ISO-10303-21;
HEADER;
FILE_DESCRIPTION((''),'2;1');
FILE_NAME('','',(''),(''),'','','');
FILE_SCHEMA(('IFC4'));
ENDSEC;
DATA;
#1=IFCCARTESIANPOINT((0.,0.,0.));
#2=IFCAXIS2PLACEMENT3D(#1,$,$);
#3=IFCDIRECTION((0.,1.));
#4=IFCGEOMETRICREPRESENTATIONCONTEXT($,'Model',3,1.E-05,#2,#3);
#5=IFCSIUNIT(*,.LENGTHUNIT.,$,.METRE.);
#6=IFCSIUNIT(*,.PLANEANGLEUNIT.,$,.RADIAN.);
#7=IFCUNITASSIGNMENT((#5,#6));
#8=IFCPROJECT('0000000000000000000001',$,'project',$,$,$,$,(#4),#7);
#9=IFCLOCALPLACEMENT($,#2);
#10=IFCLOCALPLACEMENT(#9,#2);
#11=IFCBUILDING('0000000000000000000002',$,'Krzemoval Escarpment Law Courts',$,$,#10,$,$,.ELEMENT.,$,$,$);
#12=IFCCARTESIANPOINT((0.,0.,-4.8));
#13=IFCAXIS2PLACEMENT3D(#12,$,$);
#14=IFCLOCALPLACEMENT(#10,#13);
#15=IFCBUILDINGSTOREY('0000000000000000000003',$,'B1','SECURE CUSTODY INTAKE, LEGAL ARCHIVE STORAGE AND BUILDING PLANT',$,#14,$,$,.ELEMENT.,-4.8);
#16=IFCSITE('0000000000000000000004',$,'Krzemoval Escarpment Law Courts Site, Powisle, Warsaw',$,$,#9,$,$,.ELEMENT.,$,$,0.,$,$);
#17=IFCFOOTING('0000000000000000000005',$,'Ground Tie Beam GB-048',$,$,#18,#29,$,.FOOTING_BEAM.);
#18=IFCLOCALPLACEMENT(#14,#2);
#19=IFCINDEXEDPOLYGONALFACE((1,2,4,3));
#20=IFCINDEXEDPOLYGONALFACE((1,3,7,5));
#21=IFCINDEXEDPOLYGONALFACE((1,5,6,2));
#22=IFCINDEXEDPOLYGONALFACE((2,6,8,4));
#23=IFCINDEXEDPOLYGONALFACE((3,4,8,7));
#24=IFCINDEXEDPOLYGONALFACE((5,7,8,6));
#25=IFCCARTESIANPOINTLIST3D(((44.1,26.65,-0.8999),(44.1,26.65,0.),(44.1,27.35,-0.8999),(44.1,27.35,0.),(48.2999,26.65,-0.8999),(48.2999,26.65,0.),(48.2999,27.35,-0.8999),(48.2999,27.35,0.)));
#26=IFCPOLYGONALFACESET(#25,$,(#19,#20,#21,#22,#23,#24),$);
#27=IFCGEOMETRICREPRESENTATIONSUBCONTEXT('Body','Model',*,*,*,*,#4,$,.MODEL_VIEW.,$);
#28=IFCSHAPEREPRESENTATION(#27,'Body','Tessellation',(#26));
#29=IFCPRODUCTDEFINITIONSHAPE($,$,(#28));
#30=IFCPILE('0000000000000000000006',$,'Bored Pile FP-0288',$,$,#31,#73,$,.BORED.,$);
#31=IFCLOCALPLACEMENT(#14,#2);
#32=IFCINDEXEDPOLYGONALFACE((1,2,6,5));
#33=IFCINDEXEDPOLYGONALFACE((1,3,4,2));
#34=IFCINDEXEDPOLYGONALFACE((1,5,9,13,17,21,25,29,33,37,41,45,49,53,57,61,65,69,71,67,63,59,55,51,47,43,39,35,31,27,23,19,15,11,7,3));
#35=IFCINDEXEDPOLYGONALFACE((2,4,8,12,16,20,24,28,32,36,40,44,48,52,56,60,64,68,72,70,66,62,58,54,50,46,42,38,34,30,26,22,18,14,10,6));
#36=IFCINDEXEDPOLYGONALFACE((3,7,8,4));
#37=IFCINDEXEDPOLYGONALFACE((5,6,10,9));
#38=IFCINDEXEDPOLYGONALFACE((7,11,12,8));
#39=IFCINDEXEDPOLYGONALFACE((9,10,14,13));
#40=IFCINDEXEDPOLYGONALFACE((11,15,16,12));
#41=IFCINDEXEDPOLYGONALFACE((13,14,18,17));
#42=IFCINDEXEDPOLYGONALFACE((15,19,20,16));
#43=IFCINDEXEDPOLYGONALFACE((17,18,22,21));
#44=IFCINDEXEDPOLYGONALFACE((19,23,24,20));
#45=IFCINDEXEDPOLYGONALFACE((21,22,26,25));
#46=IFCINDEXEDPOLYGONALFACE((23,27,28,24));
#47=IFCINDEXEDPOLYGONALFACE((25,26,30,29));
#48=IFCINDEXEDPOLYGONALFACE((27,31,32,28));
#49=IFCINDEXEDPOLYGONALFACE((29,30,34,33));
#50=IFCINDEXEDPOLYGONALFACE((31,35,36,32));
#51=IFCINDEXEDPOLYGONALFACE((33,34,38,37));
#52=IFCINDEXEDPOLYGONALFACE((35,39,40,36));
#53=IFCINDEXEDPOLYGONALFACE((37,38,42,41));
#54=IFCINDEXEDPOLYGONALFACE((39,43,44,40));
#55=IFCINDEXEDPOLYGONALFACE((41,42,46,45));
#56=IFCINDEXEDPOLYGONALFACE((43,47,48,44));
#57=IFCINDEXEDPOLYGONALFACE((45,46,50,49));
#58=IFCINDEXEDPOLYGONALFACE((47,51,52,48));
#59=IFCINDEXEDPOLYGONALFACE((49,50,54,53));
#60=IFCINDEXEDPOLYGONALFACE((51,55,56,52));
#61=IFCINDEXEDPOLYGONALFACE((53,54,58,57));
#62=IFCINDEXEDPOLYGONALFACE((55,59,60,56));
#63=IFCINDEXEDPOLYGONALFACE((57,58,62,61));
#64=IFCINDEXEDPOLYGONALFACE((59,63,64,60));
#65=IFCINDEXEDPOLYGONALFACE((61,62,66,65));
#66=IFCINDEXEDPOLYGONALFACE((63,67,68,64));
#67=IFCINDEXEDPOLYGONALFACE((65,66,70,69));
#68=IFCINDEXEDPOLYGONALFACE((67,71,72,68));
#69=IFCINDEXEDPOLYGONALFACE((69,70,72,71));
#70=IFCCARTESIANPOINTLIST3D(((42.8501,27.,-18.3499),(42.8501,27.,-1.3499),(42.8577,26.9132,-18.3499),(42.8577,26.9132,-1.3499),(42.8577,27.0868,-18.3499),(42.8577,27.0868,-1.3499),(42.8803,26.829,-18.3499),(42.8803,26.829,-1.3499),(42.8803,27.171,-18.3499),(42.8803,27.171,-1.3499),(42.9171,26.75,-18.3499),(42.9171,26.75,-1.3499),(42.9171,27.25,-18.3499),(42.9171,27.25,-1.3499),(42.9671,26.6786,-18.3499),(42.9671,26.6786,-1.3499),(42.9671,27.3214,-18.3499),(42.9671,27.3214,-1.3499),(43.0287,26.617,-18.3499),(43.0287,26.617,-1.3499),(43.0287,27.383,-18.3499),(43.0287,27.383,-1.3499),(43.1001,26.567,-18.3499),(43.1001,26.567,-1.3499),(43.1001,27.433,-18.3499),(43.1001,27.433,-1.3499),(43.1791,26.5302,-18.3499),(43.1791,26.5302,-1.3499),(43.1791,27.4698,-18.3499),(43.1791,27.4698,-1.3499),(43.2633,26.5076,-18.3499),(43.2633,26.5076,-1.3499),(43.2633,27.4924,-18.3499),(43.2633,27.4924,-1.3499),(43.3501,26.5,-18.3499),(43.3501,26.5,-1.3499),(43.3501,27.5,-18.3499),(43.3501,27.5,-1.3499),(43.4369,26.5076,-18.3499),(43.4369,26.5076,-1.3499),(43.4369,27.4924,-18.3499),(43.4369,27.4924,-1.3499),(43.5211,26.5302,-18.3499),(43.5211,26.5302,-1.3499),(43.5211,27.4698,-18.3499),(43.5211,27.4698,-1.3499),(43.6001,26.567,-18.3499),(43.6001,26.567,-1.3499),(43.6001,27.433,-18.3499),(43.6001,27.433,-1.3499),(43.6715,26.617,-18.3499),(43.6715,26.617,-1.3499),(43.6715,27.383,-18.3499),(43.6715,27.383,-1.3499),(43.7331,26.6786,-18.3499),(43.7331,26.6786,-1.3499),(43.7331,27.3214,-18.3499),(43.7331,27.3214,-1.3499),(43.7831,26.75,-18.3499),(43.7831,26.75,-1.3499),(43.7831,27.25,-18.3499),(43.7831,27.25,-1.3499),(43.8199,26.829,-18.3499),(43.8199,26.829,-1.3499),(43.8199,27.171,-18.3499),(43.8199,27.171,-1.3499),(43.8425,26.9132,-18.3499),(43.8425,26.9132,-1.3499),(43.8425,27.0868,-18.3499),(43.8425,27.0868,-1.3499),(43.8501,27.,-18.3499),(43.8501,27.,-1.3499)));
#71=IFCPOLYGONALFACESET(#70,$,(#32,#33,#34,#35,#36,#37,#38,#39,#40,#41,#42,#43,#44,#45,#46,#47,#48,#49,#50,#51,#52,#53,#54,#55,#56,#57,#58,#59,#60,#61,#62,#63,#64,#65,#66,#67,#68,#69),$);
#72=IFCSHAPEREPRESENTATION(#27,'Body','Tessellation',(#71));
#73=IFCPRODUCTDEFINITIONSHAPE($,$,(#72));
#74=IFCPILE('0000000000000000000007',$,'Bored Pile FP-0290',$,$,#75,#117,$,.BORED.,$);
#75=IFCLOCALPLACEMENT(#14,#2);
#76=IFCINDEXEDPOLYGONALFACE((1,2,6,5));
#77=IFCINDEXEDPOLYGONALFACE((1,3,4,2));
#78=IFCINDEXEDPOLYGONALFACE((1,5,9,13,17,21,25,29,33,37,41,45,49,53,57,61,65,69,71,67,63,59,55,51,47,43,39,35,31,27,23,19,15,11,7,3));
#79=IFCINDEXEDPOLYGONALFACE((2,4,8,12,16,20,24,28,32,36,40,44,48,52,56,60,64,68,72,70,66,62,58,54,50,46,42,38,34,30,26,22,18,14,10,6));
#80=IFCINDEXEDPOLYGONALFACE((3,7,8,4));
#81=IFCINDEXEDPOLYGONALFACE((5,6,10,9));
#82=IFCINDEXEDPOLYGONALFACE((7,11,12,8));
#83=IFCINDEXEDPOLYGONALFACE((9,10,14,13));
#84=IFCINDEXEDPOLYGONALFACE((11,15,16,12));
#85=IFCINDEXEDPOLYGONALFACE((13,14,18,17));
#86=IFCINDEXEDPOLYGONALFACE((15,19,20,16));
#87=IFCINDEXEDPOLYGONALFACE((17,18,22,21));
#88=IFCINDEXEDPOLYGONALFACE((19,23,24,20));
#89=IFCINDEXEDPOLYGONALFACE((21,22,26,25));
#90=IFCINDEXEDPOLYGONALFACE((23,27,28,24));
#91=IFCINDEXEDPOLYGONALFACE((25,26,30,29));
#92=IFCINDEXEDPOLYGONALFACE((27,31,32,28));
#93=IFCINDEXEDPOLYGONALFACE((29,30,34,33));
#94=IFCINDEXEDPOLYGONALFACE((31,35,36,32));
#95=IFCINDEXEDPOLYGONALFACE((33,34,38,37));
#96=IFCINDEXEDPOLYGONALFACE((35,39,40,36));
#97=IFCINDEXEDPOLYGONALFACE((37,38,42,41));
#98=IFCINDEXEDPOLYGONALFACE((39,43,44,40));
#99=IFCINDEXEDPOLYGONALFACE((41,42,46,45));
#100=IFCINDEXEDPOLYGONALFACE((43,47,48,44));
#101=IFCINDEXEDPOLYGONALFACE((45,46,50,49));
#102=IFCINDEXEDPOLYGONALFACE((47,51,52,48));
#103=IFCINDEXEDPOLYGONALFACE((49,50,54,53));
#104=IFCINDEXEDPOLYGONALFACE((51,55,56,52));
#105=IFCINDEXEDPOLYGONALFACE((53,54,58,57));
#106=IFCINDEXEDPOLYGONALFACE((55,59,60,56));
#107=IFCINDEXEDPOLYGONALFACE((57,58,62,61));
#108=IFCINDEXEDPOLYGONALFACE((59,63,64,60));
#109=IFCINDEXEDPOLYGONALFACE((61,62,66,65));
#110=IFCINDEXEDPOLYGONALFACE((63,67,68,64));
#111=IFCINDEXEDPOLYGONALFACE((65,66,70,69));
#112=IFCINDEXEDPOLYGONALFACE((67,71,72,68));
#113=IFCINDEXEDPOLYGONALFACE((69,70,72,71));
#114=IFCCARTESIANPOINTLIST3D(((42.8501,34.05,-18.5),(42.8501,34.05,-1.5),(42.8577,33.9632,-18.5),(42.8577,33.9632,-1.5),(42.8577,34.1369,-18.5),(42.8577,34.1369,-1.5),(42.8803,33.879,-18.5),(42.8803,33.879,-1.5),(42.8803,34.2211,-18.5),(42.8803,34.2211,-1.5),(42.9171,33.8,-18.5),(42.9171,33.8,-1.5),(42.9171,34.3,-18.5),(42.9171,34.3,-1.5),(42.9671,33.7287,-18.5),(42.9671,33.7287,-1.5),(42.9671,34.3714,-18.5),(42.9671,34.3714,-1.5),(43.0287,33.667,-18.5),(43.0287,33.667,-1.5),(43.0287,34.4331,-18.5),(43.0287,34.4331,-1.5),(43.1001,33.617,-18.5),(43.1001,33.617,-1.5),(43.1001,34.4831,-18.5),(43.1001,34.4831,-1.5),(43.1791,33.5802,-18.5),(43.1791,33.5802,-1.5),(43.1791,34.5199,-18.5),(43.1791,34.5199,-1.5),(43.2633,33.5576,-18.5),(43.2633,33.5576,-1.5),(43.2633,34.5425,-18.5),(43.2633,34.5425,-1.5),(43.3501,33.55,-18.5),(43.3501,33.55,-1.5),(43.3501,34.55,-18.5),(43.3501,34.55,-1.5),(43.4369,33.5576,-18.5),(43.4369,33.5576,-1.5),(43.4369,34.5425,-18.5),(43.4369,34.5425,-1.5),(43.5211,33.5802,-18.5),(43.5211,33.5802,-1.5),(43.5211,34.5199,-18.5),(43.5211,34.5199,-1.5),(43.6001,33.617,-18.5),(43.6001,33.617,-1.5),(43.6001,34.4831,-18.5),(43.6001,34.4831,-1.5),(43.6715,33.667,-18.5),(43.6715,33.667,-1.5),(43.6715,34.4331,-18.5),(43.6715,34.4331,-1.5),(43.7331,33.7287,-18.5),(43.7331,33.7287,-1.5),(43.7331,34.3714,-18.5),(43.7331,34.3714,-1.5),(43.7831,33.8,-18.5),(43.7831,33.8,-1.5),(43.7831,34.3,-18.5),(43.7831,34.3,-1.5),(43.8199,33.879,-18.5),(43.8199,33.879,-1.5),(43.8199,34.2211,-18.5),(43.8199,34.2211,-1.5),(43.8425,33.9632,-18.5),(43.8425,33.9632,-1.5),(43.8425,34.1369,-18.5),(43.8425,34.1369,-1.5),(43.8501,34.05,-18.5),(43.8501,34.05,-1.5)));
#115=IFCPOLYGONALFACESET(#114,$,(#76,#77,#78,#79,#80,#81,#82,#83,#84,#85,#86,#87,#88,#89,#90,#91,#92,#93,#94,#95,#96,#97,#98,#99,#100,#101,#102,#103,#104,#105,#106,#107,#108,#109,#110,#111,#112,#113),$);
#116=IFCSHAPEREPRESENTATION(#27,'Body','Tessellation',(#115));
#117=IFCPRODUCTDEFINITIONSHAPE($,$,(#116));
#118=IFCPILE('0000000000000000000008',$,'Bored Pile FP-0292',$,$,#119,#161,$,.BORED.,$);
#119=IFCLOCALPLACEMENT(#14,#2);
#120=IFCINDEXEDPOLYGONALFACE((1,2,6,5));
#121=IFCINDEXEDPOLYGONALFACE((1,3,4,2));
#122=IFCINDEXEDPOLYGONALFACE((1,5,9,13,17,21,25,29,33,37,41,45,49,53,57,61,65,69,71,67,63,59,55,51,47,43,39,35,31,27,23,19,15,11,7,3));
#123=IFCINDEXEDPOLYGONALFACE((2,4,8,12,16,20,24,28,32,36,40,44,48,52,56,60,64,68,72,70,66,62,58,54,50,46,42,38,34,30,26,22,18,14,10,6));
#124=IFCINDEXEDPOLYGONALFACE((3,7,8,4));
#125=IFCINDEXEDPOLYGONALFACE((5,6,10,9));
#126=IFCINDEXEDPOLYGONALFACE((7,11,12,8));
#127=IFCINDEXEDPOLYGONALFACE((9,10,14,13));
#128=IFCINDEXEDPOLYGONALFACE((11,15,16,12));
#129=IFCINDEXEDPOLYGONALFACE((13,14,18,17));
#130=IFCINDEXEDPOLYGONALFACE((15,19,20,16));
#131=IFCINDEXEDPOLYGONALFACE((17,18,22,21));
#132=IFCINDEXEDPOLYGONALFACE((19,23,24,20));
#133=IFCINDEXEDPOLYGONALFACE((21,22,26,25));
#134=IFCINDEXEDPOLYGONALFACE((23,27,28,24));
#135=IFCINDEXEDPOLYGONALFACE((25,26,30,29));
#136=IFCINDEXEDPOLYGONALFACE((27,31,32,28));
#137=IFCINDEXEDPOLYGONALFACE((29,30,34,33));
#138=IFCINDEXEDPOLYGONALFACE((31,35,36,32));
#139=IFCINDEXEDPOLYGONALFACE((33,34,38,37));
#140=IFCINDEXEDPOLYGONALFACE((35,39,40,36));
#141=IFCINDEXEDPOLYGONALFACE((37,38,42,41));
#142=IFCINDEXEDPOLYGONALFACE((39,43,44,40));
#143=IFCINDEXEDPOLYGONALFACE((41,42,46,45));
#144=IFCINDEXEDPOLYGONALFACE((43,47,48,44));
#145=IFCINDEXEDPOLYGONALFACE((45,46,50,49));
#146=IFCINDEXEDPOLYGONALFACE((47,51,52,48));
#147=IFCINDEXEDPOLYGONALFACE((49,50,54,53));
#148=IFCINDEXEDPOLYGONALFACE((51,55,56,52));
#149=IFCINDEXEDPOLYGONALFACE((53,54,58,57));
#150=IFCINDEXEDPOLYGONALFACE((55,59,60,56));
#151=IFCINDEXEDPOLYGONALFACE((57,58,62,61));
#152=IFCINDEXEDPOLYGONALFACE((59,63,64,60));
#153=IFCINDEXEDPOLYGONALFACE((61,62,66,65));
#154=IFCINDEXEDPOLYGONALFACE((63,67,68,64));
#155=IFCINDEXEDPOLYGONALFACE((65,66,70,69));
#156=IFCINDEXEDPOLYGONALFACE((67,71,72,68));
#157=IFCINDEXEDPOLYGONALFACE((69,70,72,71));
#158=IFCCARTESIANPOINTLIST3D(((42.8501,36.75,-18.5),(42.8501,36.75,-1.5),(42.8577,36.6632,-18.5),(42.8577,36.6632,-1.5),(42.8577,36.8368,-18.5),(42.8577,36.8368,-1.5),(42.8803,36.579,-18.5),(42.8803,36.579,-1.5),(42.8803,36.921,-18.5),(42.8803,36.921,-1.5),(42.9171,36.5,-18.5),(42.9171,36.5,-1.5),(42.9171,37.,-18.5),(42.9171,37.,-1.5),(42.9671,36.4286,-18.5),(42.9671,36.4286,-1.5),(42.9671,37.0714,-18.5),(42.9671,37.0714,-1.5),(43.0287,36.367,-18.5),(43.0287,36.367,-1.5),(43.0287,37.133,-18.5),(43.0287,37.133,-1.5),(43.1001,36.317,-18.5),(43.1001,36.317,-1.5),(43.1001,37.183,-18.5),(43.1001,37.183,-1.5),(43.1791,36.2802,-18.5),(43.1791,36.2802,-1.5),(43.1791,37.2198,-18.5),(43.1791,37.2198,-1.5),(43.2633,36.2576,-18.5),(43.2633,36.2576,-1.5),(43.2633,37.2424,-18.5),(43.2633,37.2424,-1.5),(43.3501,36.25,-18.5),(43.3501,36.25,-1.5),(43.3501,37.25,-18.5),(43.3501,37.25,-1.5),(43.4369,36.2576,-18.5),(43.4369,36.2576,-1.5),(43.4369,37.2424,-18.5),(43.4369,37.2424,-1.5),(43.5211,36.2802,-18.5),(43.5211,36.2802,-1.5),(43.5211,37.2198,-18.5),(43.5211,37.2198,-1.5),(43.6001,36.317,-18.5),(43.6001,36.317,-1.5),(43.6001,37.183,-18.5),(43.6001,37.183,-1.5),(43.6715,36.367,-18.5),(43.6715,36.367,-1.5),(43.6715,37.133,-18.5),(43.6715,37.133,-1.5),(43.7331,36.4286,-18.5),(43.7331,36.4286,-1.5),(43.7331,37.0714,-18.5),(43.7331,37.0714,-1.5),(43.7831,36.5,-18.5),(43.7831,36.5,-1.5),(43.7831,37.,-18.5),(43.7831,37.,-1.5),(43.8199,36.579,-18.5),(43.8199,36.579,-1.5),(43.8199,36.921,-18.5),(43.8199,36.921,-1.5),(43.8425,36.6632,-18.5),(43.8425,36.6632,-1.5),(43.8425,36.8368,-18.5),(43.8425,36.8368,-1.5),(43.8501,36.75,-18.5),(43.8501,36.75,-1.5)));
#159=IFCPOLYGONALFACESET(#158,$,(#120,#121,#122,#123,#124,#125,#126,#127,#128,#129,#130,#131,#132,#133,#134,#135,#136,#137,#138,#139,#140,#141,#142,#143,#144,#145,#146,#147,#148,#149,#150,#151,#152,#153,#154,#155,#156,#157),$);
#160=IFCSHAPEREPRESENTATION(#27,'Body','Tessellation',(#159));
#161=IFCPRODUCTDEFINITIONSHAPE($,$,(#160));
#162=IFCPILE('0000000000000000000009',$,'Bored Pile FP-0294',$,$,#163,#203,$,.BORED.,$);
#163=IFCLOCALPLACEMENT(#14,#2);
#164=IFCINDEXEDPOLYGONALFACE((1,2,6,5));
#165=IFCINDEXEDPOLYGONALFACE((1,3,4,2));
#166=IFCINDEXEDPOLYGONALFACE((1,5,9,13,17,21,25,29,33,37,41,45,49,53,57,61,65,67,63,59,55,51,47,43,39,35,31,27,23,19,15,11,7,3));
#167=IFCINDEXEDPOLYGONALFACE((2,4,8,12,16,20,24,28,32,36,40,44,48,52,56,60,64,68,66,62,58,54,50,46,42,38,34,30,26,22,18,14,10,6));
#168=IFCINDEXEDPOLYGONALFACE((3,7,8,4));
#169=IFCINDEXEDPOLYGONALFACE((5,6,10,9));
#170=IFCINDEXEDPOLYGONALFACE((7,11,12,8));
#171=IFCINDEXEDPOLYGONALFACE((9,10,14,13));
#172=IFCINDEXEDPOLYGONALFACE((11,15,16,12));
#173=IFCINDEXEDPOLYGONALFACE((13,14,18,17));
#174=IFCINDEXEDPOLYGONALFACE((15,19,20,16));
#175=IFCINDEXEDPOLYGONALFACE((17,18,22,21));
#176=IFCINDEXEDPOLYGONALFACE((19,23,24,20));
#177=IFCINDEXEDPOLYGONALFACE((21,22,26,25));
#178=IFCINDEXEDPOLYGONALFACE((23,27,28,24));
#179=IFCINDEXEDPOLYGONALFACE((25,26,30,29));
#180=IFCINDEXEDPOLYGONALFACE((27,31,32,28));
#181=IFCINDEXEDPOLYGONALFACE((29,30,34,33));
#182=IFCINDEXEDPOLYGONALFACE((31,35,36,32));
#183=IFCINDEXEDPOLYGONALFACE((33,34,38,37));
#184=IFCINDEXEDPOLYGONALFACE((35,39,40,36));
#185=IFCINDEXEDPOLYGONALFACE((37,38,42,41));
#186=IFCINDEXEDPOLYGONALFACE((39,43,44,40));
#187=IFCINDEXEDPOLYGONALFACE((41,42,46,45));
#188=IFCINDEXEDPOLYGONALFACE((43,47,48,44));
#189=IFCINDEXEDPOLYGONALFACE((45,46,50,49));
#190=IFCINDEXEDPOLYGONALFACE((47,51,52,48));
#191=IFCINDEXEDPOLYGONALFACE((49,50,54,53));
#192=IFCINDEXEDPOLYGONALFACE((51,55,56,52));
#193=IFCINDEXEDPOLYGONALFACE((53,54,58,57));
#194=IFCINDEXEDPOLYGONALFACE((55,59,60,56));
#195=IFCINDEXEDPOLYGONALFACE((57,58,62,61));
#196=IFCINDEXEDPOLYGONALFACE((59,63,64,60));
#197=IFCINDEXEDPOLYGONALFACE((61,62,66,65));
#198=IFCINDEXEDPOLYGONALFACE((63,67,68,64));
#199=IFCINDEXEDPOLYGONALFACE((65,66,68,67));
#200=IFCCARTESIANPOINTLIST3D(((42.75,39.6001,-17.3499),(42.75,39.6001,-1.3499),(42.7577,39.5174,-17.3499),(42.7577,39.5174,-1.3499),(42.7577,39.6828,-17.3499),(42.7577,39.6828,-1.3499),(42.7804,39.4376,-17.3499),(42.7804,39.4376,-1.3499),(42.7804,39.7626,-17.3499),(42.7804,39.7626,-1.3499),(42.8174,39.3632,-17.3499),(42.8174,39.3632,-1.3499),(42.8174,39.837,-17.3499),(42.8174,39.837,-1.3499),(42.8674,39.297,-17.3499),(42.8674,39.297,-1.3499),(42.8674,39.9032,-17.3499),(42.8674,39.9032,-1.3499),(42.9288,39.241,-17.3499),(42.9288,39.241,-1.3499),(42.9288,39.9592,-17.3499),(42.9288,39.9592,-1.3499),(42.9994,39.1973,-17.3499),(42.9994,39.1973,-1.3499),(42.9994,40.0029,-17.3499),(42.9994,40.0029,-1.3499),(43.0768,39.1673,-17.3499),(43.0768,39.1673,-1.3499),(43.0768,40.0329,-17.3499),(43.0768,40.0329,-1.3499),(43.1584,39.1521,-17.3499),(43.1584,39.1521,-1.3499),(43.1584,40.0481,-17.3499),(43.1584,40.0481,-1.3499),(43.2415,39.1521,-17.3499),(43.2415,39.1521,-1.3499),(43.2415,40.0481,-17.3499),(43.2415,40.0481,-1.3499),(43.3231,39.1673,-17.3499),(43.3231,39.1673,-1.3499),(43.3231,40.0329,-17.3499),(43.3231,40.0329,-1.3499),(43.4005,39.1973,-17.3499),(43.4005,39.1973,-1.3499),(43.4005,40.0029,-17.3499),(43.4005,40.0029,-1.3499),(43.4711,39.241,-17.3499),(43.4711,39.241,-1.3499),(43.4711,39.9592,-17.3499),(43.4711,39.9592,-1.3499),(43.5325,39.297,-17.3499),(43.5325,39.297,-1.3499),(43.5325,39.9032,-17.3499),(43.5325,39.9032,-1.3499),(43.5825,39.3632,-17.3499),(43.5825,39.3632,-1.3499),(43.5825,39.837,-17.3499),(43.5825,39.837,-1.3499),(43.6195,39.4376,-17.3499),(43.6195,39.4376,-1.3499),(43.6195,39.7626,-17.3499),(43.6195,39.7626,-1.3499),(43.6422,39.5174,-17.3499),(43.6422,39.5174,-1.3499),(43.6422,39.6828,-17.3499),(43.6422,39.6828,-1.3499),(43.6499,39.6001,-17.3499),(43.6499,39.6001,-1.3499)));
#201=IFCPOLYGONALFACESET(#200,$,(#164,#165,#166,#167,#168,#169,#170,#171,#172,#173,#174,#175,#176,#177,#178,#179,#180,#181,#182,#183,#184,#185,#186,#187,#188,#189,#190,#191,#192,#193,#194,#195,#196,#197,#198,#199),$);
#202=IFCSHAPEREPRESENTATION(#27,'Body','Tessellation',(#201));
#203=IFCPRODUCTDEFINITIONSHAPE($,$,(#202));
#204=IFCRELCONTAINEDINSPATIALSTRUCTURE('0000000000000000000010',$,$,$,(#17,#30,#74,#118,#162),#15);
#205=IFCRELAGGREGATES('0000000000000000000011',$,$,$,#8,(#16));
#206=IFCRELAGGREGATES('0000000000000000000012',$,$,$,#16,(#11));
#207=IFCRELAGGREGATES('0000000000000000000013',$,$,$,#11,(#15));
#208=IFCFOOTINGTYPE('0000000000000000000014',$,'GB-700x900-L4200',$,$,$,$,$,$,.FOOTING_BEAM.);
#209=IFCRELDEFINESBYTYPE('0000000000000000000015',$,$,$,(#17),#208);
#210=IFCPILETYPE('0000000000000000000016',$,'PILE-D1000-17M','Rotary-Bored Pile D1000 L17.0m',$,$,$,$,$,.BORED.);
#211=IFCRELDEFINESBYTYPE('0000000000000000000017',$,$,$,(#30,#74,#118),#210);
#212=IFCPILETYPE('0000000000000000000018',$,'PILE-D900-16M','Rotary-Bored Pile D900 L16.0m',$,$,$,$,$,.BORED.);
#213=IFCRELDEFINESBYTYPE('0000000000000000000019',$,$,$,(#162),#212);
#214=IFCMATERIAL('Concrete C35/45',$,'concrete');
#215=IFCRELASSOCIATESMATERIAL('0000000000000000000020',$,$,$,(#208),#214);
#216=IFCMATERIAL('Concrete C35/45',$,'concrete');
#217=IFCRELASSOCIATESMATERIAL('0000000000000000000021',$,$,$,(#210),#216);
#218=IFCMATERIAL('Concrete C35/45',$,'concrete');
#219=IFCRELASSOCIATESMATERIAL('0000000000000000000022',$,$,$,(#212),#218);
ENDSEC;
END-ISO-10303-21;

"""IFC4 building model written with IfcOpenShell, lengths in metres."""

from ifc_helpers import new_model, si_unit, direction, frame, origin, origin_2d, place, context, subcontext, project, spatial, rectangle, circle, extrude, material, material_profile, profile_set, type_object, element, save


model = new_model("IFC4")

# Units and contexts
model_context = context("Model", 3, precision=1e-05, world=origin(), true_north=direction((0.0, 1.0)))
body_context = subcontext(model_context, "Body", "Model", "MODEL_VIEW")
ifc_project = project(units=[si_unit("LENGTHUNIT", "METRE"), si_unit("PLANEANGLEUNIT", "RADIAN")], contexts=[model_context])

# Site, building, storey
site_placement = place(None, origin())
site = spatial("IfcSite", under=ifc_project, at=site_placement, Name="Krzemoval Escarpment Law Courts Site, Powisle, Warsaw", CompositionType="ELEMENT", RefElevation=0.0)
building_placement = place(site_placement, origin())
building = spatial("IfcBuilding", under=site, at=building_placement, Name="Krzemoval Escarpment Law Courts", CompositionType="ELEMENT")
storey_placement = place(building_placement, frame((0.0, 0.0, -4.8)))
storey = spatial("IfcBuildingStorey", under=building, at=storey_placement, Name="B1", Description="SECURE CUSTODY INTAKE, LEGAL ARCHIVE STORAGE AND BUILDING PLANT", CompositionType="ELEMENT", Elevation=-4.8)

# Footing
ifc_material_1 = material(Name="Concrete C35/45", Category="concrete")
footing_type = type_object("IfcFootingType", Name="GB-700x900-L4200", PredefinedType="FOOTING_BEAM", material=ifc_material_1)
footing_placement = place(storey_placement, frame((46.2, 27.0, -0.8999), z_axis=(0.0, 0.0, 1.0), x_axis=(1.0, 0.0, 0.0)))
element("IfcFooting", 1, at=footing_placement, inside=storey, type_object=footing_type, Name="Ground Tie Beam GB-048", PredefinedType="FOOTING_BEAM", context=body_context, shape_type="SweptSolid", body=[
    extrude(rectangle(XDim=4.2, YDim=0.7, at=origin_2d()), origin(), (0.0, 0.0, 1.0), 0.8999),
])

# Piles
ifc_material_2 = material(Name="Concrete C35/45", Category="concrete")
ifc_material_profile_1 = material_profile(ifc_material_2, circle(Radius=0.5, at=origin_2d()), Name="PILE D1000")
ifc_profile_set_1 = profile_set([ifc_material_profile_1], Name="Concrete C35/45")
pile_type_1 = type_object("IfcPileType", Name="PILE-D1000-17M", Description="Rotary-Bored Pile D1000 L17.0m", PredefinedType="BORED", material=ifc_profile_set_1)
for number, where, z_axis, x_axis, name in (
    (2, (43.3501, 27.0, -1.3499), (0.0, 0.0, -1.0), (1.0, 0.0, 0.0), "Bored Pile FP-0288"),
    (3, (43.3501, 34.05, -1.5), (0.0, 0.0, -1.0), (1.0, 0.0, 0.0), "Bored Pile FP-0290"),
    (4, (43.3501, 36.75, -1.5), (0.0, 0.0, -1.0), (1.0, 0.0, 0.0), "Bored Pile FP-0292"),
):
    element("IfcPile", number, at=place(storey_placement, frame(where, z_axis=z_axis, x_axis=x_axis)), inside=storey, type_object=pile_type_1, Name=name, PredefinedType="BORED", context=body_context, shape_type="SweptSolid", body=[
        extrude(circle(Radius=0.5, at=origin_2d()), origin(), (0.0, 0.0, 1.0), 17.0),
    ])
ifc_material_3 = material(Name="Concrete C35/45", Category="concrete")
ifc_material_profile_2 = material_profile(ifc_material_3, circle(Radius=0.45, at=origin_2d()), Name="PILE D900")
ifc_profile_set_2 = profile_set([ifc_material_profile_2], Name="Concrete C35/45")
pile_type_2 = type_object("IfcPileType", Name="PILE-D900-16M", Description="Rotary-Bored Pile D900 L16.0m", PredefinedType="BORED", material=ifc_profile_set_2)
for number, where, z_axis, x_axis, name in (
    (5, (43.2, 39.6001, -1.3499), (0.0, 0.0, -1.0), (1.0, 0.0, 0.0), "Bored Pile FP-0294"),
):
    element("IfcPile", number, at=place(storey_placement, frame(where, z_axis=z_axis, x_axis=x_axis)), inside=storey, type_object=pile_type_2, Name=name, PredefinedType="BORED", context=body_context, shape_type="SweptSolid", body=[
        extrude(circle(Radius=0.45, at=origin_2d()), origin(), (0.0, 0.0, 1.0), 16.0),
    ])

save(model, "model.ifc")
